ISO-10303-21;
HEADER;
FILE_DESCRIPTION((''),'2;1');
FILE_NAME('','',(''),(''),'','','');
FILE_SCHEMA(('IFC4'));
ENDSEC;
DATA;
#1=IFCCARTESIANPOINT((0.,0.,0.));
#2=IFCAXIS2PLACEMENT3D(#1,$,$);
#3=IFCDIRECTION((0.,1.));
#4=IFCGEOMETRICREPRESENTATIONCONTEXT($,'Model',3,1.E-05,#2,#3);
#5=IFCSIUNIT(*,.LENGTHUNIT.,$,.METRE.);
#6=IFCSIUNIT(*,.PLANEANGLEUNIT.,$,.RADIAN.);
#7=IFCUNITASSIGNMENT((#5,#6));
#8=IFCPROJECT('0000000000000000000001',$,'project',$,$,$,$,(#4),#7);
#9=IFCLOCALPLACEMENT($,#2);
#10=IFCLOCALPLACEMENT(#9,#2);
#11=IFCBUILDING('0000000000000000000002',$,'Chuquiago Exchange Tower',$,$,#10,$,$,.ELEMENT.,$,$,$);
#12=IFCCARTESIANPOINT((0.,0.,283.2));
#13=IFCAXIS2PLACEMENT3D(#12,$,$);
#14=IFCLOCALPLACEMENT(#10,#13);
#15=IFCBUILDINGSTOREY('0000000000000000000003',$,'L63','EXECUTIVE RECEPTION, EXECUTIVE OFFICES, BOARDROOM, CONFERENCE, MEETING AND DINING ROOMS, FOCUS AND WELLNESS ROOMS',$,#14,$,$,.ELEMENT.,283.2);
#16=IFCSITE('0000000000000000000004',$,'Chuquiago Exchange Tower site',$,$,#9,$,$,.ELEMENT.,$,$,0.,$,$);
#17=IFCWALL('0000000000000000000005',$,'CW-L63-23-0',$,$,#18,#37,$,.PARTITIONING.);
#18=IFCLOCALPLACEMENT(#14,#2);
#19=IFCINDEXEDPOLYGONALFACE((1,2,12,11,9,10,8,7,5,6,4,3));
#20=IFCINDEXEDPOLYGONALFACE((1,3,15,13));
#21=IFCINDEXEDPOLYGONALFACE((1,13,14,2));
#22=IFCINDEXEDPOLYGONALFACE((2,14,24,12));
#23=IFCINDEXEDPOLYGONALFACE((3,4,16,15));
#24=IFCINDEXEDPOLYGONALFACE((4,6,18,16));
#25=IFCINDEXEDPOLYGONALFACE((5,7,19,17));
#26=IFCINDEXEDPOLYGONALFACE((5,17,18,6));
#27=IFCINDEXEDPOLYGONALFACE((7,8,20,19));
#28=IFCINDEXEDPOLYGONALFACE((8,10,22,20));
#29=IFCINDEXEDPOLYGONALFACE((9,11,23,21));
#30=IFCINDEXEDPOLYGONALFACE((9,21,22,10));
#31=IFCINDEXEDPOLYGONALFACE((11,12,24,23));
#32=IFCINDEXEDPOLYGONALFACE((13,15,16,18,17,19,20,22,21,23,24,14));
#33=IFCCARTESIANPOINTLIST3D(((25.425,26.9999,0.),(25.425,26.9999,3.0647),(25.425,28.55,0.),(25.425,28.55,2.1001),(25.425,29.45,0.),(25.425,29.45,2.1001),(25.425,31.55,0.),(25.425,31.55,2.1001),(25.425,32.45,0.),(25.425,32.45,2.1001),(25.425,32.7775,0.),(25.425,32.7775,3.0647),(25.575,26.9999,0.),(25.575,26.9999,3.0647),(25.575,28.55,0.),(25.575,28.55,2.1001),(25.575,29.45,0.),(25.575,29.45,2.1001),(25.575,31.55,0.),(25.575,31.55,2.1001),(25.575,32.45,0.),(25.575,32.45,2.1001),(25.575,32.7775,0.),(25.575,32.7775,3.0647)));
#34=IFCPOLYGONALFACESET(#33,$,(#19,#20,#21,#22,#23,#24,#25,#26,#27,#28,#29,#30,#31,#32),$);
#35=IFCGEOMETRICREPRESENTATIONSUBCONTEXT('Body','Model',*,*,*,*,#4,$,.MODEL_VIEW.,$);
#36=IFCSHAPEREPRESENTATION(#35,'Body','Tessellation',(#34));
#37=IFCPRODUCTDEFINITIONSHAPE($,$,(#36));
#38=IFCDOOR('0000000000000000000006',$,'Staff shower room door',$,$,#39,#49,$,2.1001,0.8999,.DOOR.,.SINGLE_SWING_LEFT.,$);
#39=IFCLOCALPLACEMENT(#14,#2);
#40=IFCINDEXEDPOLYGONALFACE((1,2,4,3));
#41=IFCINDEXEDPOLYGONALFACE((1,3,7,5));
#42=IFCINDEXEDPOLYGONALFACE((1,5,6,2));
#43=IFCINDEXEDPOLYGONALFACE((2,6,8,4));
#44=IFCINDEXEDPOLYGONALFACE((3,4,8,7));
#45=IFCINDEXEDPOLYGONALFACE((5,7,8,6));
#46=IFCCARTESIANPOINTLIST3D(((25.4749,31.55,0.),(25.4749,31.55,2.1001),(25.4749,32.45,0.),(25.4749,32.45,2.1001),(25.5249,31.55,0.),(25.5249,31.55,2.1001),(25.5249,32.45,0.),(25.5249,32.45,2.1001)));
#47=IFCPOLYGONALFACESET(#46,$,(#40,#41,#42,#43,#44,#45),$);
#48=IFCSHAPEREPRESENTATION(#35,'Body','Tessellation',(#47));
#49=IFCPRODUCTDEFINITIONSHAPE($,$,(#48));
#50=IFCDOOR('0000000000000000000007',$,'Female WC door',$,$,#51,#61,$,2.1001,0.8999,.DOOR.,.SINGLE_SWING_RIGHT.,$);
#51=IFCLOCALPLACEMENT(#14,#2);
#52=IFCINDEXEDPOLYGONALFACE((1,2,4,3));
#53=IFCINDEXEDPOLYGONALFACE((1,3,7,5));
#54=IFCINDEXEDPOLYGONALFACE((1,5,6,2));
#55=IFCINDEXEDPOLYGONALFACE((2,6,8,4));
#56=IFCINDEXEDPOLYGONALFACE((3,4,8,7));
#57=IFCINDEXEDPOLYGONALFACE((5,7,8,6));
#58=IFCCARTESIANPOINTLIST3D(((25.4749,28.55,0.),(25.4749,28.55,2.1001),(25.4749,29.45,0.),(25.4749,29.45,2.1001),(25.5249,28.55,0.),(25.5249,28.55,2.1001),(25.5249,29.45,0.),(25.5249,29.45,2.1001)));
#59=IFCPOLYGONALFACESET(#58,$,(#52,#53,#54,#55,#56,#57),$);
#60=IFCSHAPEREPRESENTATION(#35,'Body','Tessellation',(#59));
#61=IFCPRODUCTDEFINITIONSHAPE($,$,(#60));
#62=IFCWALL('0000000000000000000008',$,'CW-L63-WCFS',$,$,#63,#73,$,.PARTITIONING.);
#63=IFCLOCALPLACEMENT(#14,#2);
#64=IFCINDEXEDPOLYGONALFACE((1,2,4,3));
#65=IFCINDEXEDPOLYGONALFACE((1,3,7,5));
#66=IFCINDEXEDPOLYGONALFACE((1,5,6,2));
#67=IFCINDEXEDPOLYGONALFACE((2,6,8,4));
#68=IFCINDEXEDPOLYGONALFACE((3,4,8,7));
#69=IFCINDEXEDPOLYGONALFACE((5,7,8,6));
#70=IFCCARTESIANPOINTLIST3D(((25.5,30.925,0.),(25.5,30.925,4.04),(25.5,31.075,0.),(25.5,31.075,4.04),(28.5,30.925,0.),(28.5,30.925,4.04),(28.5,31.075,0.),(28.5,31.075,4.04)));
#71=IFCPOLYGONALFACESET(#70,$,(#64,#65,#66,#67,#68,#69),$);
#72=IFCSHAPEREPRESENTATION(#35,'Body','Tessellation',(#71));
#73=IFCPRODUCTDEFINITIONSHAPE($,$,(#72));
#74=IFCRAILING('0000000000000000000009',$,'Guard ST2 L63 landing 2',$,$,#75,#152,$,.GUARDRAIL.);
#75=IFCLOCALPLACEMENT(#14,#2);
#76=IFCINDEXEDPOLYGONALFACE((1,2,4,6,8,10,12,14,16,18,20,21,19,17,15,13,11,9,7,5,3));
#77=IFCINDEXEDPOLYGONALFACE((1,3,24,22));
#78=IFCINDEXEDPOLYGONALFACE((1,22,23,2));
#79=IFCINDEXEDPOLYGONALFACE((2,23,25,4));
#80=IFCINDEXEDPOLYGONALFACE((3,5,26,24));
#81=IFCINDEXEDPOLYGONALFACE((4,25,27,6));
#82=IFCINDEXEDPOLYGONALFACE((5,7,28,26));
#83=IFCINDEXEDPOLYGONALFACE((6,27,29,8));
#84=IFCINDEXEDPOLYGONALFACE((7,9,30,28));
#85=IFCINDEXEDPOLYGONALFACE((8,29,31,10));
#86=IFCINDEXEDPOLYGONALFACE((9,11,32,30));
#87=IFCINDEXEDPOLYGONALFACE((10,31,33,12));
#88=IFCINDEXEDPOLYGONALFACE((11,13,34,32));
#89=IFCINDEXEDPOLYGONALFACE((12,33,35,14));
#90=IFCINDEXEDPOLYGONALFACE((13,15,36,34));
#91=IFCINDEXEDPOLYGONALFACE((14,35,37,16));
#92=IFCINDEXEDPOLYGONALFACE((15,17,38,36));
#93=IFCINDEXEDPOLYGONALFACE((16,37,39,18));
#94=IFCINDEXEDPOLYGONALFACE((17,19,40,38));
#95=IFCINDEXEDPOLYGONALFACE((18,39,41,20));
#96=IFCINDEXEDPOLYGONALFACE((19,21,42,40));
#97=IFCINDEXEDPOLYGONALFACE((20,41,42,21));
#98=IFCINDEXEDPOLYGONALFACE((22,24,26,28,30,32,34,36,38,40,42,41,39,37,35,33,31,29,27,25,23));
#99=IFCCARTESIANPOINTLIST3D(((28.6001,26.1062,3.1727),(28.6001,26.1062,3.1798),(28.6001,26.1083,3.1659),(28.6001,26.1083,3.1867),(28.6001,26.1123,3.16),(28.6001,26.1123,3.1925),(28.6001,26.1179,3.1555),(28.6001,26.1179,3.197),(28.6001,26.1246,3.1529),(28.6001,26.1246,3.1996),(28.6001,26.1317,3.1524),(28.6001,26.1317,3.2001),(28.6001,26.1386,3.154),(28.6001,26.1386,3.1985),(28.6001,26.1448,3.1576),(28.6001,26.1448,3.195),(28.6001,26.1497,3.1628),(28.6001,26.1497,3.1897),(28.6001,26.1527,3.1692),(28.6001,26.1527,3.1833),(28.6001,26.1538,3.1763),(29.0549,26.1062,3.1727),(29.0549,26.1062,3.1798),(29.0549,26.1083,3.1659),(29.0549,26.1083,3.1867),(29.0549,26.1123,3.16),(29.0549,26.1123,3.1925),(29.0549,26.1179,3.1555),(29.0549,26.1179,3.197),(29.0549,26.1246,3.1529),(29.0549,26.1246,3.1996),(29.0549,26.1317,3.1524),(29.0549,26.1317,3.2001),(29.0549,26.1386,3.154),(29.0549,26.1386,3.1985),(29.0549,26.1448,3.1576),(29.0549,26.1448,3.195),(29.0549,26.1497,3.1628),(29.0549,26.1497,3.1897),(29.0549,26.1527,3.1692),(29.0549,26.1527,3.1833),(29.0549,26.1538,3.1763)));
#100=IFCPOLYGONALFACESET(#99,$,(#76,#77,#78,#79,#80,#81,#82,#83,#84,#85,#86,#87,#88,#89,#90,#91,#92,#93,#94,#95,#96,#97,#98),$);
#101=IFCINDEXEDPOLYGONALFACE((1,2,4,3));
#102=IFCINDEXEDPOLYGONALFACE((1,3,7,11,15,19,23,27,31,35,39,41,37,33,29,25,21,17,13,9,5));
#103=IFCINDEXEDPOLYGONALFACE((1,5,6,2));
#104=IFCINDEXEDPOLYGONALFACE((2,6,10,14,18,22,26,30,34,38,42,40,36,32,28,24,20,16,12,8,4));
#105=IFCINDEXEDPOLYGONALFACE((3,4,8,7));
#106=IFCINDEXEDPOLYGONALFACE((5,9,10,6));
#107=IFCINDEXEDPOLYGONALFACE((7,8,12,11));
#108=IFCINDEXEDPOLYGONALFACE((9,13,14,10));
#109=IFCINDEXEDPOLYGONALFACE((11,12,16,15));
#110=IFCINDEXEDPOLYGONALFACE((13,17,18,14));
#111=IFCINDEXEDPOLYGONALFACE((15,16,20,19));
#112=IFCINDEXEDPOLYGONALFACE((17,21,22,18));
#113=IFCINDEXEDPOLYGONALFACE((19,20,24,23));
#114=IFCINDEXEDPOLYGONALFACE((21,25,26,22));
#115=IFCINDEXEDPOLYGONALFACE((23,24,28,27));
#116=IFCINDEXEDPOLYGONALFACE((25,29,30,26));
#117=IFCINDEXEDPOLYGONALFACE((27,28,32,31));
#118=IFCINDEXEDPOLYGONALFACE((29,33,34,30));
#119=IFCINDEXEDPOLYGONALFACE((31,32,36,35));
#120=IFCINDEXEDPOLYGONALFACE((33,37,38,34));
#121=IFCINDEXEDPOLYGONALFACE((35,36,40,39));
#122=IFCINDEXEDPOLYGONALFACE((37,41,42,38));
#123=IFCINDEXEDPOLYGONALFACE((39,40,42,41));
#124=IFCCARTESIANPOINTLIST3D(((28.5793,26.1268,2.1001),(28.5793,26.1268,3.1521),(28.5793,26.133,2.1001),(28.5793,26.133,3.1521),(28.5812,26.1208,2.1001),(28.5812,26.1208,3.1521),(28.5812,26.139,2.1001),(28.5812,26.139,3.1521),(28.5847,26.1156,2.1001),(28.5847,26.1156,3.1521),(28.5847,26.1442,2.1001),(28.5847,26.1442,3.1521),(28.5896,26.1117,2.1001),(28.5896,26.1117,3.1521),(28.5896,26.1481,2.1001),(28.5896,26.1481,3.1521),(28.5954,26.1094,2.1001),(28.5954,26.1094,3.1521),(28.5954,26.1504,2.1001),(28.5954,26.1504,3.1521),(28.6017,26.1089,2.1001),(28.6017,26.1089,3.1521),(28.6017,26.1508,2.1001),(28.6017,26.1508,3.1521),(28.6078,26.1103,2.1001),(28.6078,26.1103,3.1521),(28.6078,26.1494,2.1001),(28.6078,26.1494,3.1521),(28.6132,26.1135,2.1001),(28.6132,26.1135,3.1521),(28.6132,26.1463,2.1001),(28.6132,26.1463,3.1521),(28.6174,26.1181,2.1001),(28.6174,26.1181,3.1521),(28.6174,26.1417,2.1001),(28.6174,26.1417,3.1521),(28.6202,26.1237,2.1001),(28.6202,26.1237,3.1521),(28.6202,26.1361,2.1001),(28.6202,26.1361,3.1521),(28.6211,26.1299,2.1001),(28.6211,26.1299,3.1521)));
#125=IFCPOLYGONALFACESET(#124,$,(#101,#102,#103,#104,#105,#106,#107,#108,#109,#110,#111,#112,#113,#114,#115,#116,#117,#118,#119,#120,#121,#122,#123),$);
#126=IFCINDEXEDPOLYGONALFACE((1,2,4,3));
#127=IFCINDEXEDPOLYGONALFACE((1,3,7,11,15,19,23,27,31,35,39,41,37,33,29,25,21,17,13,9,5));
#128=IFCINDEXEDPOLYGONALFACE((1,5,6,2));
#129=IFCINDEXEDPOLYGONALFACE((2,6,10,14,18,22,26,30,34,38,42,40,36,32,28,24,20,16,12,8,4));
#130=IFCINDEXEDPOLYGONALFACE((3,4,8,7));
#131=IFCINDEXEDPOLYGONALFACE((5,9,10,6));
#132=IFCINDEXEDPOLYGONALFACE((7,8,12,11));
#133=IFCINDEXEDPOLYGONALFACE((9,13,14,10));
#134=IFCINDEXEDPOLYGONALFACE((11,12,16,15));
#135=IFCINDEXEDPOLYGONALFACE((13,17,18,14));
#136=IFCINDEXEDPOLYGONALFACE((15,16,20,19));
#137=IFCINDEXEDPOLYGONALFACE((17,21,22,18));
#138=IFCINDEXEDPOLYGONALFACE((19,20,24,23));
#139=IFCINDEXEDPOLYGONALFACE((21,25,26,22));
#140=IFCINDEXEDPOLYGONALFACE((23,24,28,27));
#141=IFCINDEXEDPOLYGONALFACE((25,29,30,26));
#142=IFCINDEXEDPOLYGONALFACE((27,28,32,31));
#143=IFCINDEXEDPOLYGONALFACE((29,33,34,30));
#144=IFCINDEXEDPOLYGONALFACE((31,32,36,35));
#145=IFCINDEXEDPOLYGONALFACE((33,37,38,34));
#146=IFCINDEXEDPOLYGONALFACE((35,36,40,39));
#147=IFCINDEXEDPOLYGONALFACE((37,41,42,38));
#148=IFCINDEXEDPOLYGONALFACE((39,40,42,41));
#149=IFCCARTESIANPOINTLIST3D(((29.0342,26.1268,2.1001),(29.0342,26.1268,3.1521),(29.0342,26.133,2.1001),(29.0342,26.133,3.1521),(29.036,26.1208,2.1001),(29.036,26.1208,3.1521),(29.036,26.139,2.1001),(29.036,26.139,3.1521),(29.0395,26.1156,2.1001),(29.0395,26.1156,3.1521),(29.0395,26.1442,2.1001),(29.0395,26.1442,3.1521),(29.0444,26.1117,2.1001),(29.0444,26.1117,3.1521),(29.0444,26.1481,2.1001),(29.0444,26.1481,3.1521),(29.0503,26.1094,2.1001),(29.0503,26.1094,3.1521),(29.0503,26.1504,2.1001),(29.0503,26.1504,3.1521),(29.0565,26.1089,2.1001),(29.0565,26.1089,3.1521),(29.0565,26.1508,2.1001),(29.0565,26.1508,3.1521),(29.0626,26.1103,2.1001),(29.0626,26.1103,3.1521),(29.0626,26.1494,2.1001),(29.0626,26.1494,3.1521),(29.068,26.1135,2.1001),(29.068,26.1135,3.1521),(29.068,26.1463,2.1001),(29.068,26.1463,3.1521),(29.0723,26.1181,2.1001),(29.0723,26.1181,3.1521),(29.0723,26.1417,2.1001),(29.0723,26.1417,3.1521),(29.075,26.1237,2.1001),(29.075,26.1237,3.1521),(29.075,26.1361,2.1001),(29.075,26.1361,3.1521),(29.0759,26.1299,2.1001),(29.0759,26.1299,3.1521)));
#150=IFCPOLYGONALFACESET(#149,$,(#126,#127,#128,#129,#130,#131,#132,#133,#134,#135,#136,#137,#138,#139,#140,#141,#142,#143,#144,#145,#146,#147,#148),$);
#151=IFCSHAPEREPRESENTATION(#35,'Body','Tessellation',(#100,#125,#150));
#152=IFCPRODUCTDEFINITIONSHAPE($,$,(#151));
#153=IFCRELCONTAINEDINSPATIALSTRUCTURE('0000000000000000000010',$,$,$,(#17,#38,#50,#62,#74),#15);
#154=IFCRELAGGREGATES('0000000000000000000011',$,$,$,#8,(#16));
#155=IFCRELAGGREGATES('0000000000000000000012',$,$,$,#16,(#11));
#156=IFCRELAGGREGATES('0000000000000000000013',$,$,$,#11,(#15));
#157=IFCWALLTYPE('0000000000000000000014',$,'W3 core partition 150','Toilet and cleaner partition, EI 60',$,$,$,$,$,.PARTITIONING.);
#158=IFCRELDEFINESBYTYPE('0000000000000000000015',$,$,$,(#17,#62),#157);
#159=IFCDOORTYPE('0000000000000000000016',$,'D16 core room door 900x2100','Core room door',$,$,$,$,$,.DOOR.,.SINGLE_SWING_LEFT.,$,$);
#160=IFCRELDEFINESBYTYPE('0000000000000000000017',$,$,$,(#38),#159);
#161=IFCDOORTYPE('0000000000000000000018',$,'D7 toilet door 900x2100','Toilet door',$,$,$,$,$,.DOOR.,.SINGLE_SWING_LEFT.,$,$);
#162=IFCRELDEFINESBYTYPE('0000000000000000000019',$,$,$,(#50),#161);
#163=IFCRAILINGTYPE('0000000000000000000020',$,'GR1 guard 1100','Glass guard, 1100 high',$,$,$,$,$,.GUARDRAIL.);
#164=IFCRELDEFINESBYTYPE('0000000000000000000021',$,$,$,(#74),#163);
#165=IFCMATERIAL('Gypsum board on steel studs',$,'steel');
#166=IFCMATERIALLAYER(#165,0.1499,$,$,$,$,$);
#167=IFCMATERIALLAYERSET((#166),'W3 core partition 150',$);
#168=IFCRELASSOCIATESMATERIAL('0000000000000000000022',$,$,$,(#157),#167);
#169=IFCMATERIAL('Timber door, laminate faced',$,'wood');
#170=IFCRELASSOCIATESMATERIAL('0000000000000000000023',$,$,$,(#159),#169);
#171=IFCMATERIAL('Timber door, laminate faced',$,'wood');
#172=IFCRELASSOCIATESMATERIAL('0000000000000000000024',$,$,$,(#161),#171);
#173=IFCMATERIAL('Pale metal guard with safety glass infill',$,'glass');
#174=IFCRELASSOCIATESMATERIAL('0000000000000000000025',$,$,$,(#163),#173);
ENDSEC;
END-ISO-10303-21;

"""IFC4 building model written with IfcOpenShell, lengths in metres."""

from ifc_helpers import new_model, si_unit, direction, frame, frame_2d, origin, origin_2d, place, context, subcontext, project, spatial, rectangle, circle, extrude, material, layer, layer_set, type_object, element, fill, save


model = new_model("IFC4")

# Units and contexts
model_context = context("Model", 3, precision=1e-05, world=origin(), true_north=direction((0.0, 1.0)))
body_context = subcontext(model_context, "Body", "Model", "MODEL_VIEW")
ifc_project = project(units=[si_unit("LENGTHUNIT", "METRE"), si_unit("PLANEANGLEUNIT", "RADIAN")], contexts=[model_context])

# Site, building, storey
site_placement = place(None, origin())
site = spatial("IfcSite", under=ifc_project, at=site_placement, Name="Chuquiago Exchange Tower site", CompositionType="ELEMENT", RefElevation=0.0)
building_placement = place(site_placement, origin())
building = spatial("IfcBuilding", under=site, at=building_placement, Name="Chuquiago Exchange Tower", CompositionType="ELEMENT")
storey_placement = place(building_placement, frame((0.0, 0.0, 283.2)))
storey = spatial("IfcBuildingStorey", under=building, at=storey_placement, Name="L63", Description="EXECUTIVE RECEPTION, EXECUTIVE OFFICES, BOARDROOM, CONFERENCE, MEETING AND DINING ROOMS, FOCUS AND WELLNESS ROOMS", CompositionType="ELEMENT", Elevation=283.2)

# Wall, openings, doors
ifc_material_1 = material(Name="Gypsum board on steel studs", Category="steel")
ifc_layer_1 = layer(ifc_material_1, 0.1499)
ifc_layer_set_1 = layer_set([ifc_layer_1], Name="W3 core partition 150")
wall_type_1 = type_object("IfcWallType", Name="W3 core partition 150", Description="Toilet and cleaner partition, EI 60", PredefinedType="PARTITIONING", material=ifc_layer_set_1)
ifc_material_2 = material(Name="Timber door, laminate faced", Category="wood")
door_type_1 = type_object("IfcDoorType", Name="D16 core room door 900x2100", Description="Core room door", OperationType="SINGLE_SWING_LEFT", PredefinedType="DOOR", material=ifc_material_2)
ifc_material_3 = material(Name="Timber door, laminate faced", Category="wood")
door_type_2 = type_object("IfcDoorType", Name="D7 toilet door 900x2100", Description="Toilet door", OperationType="SINGLE_SWING_LEFT", PredefinedType="DOOR", material=ifc_material_3)
wall_1_placement = place(storey_placement, frame((25.5, 27.0, 0.0), z_axis=(0.0, 0.0, 1.0), x_axis=(0.0, 1.0, 0.0)))
wall_1 = element("IfcWall", 1, at=wall_1_placement, inside=storey, type_object=wall_type_1, Name="CW-L63-23-0", PredefinedType="PARTITIONING", context=body_context, shape_type="SweptSolid", body=[
    extrude(rectangle(XDim=5.7776, YDim=0.1499, at=frame_2d((2.8887, 0.0))), origin(), (0.0, 0.0, 1.0), 3.0647),
])
opening_1_placement = place(wall_1_placement, frame((1.55, 0.0, 0.0)))
opening_1 = element("IfcOpeningElement", 2, at=opening_1_placement, cuts=wall_1, PredefinedType="OPENING", context=body_context, shape_type="SweptSolid", body=[
    extrude(rectangle(XDim=0.8999, YDim=2.1001, at=frame_2d((0.45, 1.05))), frame((0.0, 0.085, 0.0), z_axis=(0.0, -1.0, 0.0), x_axis=(1.0, 0.0, 0.0)), (0.0, 0.0, 1.0), 0.1699),
])
opening_2_placement = place(wall_1_placement, frame((4.55, 0.0, 0.0)))
opening_2 = element("IfcOpeningElement", 3, at=opening_2_placement, cuts=wall_1, PredefinedType="OPENING", context=body_context, shape_type="SweptSolid", body=[
    extrude(rectangle(XDim=0.8999, YDim=2.1001, at=frame_2d((0.45, 1.05))), frame((0.0, 0.085, 0.0), z_axis=(0.0, -1.0, 0.0), x_axis=(1.0, 0.0, 0.0)), (0.0, 0.0, 1.0), 0.1699),
])
door_1_placement = place(opening_2_placement, frame((0.8999, 0.0, 0.0), z_axis=(0.0, 0.0, 1.0), x_axis=(-1.0, 0.0, 0.0)))
door_1 = element("IfcDoor", 4, at=door_1_placement, inside=storey, type_object=door_type_1, Name="Staff shower room door", OperationType="SINGLE_SWING_LEFT", OverallHeight=2.1001, OverallWidth=0.8999, PredefinedType="DOOR", context=body_context, shape_type="SweptSolid", body=[
    extrude(rectangle(XDim=0.8999, YDim=2.1001, at=frame_2d((0.45, 1.05))), frame((0.0, 0.0249, 0.0), z_axis=(0.0, -1.0, 0.0), x_axis=(1.0, 0.0, 0.0)), (0.0, 0.0, 1.0), 0.05),
])
fill(opening_2, door_1)
door_2_placement = place(opening_1_placement, frame((0.8999, 0.0, 0.0), z_axis=(0.0, 0.0, 1.0), x_axis=(-1.0, 0.0, 0.0)))
door_2 = element("IfcDoor", 5, at=door_2_placement, inside=storey, type_object=door_type_2, Name="Female WC door", OperationType="SINGLE_SWING_RIGHT", OverallHeight=2.1001, OverallWidth=0.8999, PredefinedType="DOOR", context=body_context, shape_type="SweptSolid", body=[
    extrude(rectangle(XDim=0.8999, YDim=2.1001, at=frame_2d((0.45, 1.05))), frame((0.0, 0.0249, 0.0), z_axis=(0.0, -1.0, 0.0), x_axis=(1.0, 0.0, 0.0)), (0.0, 0.0, 1.0), 0.05),
])
fill(opening_1, door_2)

# Wall
wall_2_placement = place(storey_placement, frame((25.5, 31.0, 0.0), z_axis=(0.0, 0.0, 1.0), x_axis=(1.0, 0.0, 0.0)))
element("IfcWall", 6, at=wall_2_placement, inside=storey, type_object=wall_type_1, Name="CW-L63-WCFS", PredefinedType="PARTITIONING", context=body_context, shape_type="SweptSolid", body=[
    extrude(rectangle(XDim=3.0, YDim=0.1499, at=frame_2d((1.5, 0.0))), origin(), (0.0, 0.0, 1.0), 4.04),
])

# Railing
ifc_material_4 = material(Name="Pale metal guard with safety glass infill", Category="glass")
railing_type_1 = type_object("IfcRailingType", Name="GR1 guard 1100", Description="Glass guard, 1100 high", PredefinedType="GUARDRAIL", material=ifc_material_4)
railing_1_placement = place(storey_placement, frame((28.6001, 26.1299, 2.1001)))
element("IfcRailing", 7, at=railing_1_placement, inside=storey, type_object=railing_type_1, Name="Guard ST2 L63 landing 2", PredefinedType="GUARDRAIL", context=body_context, shape_type="SweptSolid", body=[
    extrude(circle(Radius=0.0239, at=origin_2d()), frame((0.0, 0.0, 1.0762), z_axis=(1.0, 0.0, 0.0), x_axis=(0.0, 1.0, 0.0)), (0.0, 0.0, 1.0), 0.4548),
    extrude(circle(Radius=0.021, at=origin_2d()), origin(), (0.0, 0.0, 1.0), 1.052),
    extrude(circle(Radius=0.021, at=origin_2d()), frame((0.4548, 0.0, 0.0)), (0.0, 0.0, 1.0), 1.052),
])

save(model, "model.ifc")
